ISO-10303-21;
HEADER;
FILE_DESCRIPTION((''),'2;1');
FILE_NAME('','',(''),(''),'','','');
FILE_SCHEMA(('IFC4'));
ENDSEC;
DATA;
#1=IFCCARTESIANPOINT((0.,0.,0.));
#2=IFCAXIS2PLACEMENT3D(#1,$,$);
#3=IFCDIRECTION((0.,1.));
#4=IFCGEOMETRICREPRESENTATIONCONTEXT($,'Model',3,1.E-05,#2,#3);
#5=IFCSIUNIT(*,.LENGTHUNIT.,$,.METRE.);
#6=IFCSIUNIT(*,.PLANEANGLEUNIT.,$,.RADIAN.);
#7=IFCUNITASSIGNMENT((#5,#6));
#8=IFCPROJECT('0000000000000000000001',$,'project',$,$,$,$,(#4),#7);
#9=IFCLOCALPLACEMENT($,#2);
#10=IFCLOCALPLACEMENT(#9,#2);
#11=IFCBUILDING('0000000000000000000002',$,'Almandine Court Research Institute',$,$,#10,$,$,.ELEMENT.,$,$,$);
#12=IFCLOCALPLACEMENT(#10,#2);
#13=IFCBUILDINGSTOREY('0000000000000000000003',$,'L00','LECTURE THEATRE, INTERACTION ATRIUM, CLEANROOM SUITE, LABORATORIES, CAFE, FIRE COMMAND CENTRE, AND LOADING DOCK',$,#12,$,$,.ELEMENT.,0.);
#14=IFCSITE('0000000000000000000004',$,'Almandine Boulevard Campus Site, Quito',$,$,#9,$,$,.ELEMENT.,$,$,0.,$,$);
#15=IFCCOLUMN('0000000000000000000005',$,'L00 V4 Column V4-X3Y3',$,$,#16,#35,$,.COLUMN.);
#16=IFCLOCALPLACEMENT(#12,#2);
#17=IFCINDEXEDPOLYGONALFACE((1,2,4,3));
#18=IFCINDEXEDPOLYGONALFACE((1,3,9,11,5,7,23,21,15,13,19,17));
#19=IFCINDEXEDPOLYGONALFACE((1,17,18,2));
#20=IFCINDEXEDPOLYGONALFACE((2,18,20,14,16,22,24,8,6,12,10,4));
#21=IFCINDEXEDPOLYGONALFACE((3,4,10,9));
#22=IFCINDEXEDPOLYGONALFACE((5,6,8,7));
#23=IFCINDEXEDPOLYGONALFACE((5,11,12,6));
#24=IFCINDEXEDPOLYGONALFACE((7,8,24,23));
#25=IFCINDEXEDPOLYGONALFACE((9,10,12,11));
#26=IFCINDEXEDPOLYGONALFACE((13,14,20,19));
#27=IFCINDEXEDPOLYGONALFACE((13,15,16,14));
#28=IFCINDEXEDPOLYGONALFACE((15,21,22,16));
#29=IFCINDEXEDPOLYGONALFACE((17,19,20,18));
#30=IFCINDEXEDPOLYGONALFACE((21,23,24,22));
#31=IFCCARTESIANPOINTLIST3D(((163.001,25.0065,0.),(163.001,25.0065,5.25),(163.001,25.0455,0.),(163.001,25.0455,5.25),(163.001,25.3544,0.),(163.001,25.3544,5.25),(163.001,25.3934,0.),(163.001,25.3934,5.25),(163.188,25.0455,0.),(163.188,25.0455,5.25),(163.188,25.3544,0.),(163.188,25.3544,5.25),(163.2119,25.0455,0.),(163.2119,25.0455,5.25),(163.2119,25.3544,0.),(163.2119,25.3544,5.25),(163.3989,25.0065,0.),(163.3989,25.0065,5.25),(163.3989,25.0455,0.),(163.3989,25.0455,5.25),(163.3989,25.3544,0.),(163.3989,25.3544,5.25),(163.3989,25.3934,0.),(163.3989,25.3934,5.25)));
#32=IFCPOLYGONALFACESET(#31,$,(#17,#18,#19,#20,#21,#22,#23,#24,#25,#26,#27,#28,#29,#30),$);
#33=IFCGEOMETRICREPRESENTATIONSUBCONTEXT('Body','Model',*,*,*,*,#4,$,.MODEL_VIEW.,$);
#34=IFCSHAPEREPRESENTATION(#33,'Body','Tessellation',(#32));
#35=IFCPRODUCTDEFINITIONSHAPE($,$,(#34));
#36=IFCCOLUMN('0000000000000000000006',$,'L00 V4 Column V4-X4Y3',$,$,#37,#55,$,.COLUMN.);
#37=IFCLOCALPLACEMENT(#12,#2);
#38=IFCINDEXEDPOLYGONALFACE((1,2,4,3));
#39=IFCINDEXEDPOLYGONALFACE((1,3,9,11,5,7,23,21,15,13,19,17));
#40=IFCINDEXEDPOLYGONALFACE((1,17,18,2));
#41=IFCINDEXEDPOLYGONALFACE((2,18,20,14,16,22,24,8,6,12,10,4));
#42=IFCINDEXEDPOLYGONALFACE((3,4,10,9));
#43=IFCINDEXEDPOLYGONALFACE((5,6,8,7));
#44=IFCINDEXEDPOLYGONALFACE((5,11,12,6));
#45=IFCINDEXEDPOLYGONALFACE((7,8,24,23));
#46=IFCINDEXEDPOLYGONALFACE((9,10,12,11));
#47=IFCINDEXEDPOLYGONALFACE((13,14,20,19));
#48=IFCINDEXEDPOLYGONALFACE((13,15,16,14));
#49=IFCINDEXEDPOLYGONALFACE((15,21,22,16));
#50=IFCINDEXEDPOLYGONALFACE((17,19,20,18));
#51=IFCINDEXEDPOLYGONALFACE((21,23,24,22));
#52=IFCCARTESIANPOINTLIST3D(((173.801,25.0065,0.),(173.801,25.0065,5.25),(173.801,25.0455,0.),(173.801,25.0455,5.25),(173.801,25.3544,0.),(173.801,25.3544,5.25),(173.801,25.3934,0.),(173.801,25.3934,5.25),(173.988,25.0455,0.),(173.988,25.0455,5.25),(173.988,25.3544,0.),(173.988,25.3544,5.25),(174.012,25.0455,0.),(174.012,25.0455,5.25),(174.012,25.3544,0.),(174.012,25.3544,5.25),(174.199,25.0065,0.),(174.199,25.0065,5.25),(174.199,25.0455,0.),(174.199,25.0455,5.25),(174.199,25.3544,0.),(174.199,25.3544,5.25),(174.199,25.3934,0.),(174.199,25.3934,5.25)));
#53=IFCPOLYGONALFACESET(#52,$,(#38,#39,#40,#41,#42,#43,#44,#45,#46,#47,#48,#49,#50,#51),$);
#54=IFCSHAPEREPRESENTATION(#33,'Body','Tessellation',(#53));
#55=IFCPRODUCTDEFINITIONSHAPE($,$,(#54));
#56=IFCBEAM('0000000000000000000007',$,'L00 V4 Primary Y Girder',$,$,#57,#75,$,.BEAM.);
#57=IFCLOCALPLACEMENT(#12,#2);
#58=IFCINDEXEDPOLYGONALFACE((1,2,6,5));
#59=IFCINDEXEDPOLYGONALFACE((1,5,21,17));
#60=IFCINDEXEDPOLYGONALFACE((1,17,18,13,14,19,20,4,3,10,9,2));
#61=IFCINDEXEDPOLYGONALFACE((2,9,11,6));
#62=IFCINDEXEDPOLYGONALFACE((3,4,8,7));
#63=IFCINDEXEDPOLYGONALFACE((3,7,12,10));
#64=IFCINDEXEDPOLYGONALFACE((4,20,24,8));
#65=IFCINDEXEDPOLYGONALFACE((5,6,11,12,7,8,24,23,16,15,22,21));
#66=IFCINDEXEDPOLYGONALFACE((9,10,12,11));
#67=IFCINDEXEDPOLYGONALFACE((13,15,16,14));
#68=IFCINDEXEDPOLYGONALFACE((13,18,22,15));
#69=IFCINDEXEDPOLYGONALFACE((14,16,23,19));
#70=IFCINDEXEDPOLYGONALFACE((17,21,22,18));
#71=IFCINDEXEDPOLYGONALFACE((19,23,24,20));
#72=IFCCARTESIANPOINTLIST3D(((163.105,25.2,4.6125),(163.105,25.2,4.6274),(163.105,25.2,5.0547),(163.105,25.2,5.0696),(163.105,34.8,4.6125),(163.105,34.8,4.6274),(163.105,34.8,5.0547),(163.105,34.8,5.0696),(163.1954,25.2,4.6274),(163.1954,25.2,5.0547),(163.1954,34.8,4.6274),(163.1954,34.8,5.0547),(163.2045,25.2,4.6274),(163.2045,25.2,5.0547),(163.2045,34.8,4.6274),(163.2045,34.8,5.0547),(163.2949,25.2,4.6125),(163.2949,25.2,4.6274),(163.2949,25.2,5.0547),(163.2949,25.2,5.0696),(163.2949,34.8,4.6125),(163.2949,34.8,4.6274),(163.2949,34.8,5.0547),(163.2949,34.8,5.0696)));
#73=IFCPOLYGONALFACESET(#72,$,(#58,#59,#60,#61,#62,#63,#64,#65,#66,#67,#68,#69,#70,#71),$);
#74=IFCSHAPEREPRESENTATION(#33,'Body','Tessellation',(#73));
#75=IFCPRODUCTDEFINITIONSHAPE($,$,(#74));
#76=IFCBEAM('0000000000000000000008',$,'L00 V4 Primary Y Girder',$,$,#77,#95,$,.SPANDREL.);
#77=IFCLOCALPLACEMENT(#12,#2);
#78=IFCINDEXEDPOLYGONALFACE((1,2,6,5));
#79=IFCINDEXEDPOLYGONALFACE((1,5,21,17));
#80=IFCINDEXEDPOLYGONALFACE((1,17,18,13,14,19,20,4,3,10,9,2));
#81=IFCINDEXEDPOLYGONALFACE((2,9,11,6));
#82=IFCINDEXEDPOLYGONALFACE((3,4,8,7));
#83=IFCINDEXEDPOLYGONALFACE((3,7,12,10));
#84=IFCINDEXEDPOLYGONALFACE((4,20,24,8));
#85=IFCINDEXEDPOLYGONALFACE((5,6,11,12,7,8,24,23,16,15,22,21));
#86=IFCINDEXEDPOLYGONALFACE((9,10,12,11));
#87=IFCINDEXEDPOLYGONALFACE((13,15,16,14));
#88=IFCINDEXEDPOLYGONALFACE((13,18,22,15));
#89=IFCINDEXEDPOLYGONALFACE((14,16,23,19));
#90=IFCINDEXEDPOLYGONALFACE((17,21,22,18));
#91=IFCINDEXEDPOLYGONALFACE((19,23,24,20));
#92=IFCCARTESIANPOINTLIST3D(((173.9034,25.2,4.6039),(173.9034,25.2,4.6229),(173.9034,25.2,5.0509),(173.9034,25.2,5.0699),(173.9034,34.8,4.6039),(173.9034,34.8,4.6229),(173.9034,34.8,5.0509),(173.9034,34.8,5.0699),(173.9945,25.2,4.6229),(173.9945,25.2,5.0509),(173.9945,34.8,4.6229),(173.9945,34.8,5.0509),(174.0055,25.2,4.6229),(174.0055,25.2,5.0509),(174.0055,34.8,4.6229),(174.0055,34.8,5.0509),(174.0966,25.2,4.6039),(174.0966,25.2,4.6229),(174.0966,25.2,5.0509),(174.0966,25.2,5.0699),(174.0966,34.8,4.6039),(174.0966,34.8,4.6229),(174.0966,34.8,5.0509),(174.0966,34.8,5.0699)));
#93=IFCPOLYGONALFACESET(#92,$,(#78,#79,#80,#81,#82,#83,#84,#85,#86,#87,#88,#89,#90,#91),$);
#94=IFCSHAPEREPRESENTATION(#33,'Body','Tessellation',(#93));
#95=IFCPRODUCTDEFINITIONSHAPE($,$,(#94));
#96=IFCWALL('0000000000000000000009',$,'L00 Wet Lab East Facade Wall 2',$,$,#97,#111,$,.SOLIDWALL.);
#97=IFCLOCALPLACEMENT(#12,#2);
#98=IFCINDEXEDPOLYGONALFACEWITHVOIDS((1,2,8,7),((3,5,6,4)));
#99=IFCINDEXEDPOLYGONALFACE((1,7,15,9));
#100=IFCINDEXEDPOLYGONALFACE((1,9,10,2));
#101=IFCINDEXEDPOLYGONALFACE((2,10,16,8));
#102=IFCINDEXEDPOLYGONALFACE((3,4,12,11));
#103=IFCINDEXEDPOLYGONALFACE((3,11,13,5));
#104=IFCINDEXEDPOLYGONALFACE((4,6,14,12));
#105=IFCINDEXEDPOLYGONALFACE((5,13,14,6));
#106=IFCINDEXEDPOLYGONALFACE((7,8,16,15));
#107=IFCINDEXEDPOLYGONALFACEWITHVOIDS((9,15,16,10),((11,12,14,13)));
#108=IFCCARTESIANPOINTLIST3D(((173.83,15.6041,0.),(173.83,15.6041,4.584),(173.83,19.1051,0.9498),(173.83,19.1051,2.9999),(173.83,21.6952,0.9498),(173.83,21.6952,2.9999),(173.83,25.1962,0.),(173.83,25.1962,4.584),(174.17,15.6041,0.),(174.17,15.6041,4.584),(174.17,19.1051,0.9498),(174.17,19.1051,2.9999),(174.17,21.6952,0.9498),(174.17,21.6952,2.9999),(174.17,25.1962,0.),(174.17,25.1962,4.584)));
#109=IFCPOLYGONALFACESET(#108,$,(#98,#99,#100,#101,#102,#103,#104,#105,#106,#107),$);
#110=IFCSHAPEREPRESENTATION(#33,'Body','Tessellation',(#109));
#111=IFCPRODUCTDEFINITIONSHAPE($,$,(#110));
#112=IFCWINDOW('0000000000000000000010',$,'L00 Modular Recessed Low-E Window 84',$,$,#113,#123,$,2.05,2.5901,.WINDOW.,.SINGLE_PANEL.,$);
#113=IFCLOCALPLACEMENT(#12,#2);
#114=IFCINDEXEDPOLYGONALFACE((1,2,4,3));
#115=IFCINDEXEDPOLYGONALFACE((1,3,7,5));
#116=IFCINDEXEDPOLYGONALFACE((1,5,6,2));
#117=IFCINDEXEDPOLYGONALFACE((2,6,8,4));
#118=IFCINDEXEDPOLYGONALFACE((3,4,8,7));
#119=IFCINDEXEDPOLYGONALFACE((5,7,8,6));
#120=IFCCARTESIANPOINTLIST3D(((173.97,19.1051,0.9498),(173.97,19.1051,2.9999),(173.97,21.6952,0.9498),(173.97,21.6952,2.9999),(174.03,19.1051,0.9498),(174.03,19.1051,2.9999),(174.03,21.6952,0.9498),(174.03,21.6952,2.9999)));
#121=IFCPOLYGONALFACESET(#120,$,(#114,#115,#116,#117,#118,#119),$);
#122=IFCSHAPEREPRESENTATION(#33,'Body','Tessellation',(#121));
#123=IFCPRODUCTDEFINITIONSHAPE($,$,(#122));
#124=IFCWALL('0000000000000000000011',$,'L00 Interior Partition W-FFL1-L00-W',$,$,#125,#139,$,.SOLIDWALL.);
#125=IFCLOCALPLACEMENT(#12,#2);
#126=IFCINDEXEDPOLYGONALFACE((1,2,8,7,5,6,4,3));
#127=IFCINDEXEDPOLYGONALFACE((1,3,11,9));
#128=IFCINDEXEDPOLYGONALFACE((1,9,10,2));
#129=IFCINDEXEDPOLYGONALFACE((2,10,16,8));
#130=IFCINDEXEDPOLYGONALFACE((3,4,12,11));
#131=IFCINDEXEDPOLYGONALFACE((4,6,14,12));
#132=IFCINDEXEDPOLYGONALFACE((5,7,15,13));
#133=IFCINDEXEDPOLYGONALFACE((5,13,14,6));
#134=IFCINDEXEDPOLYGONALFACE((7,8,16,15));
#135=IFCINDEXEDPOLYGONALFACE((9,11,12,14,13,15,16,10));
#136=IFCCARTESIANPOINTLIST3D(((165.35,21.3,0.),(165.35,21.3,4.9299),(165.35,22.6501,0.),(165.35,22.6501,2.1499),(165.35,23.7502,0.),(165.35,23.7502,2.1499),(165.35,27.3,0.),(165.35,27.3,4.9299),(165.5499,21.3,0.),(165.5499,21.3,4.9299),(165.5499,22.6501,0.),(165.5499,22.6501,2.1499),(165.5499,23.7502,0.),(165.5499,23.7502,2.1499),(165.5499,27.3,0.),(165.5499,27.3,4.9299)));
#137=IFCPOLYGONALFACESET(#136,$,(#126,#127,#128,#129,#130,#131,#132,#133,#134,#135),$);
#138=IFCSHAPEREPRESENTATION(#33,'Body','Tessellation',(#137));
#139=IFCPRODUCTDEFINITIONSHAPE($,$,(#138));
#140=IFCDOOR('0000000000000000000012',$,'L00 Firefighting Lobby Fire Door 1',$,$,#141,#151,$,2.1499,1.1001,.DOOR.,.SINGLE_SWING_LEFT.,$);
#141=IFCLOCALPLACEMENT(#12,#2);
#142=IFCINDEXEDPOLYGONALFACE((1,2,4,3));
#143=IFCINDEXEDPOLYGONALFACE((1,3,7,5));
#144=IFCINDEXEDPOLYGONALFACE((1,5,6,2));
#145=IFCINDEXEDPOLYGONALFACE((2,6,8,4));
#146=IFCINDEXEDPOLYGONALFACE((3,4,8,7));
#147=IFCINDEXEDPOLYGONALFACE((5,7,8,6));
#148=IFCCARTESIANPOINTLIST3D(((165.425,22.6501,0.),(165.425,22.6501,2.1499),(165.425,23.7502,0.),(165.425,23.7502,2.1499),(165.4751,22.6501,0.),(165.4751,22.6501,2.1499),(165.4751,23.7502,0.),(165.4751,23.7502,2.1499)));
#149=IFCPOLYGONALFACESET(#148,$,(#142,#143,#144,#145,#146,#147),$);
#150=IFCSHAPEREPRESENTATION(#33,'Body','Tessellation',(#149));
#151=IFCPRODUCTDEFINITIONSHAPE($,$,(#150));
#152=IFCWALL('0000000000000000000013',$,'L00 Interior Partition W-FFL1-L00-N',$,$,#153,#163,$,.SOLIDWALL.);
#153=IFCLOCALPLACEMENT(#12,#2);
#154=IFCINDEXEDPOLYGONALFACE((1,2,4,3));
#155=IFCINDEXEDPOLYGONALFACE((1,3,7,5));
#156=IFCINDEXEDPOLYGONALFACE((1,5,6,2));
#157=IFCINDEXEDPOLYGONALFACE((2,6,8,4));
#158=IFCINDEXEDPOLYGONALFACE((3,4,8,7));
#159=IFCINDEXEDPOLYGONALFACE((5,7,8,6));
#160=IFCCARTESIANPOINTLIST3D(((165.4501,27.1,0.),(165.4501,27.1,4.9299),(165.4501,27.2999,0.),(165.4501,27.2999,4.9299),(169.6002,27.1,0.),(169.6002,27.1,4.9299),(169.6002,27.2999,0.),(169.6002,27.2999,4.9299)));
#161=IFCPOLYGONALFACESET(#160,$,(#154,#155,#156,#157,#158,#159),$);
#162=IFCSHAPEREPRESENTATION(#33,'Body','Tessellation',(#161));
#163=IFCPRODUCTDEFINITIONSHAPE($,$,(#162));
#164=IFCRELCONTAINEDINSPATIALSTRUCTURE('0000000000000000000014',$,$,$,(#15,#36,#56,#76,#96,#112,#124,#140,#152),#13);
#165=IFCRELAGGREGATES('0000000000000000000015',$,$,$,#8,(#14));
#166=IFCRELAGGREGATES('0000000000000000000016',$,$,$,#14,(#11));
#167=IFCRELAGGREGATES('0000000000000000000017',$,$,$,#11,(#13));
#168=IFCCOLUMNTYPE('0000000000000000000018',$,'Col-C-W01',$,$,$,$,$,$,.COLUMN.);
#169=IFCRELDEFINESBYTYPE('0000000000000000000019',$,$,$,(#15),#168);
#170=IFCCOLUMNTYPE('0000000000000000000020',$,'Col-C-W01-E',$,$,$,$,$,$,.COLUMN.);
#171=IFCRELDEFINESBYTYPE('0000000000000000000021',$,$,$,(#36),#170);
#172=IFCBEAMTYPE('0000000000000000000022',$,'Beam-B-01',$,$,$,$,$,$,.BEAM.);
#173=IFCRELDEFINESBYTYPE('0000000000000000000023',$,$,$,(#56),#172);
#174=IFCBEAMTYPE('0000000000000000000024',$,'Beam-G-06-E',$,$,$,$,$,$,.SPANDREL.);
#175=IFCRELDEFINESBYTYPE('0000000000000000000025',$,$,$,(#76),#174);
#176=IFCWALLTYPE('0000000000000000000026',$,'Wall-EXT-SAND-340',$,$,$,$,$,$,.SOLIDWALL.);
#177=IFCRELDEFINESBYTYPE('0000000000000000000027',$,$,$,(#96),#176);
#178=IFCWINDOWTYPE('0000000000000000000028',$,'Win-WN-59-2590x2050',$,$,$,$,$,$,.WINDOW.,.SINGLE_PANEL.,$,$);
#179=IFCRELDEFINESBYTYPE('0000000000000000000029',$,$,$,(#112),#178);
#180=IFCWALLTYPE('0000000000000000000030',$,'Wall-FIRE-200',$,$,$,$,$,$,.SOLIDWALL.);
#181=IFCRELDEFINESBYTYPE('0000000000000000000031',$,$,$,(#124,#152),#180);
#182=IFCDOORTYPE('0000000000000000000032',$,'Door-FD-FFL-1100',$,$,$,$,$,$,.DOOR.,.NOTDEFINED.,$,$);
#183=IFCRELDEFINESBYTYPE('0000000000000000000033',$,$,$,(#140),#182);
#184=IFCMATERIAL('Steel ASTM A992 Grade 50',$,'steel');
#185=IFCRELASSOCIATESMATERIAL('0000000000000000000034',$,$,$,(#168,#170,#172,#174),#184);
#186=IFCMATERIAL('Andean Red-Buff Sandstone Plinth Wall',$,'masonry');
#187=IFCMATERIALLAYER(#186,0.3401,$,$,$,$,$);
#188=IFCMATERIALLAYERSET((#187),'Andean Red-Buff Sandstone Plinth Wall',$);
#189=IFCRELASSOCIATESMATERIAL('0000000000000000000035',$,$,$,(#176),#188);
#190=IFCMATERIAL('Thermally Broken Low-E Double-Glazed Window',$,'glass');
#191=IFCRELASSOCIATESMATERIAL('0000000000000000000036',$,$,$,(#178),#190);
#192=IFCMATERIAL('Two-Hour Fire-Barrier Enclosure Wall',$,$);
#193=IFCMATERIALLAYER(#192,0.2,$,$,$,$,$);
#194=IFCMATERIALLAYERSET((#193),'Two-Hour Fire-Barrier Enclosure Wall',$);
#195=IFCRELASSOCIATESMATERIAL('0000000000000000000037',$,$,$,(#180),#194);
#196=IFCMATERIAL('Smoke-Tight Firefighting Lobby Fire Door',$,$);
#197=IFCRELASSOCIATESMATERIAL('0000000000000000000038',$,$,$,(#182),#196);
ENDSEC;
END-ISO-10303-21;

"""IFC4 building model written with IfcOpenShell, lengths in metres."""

from ifc_helpers import new_model, si_unit, direction, frame, frame_2d, origin, origin_2d, place, context, subcontext, project, spatial, rectangle, i_section, extrude, material, layer, layer_set, material_profile, profile_set, type_object, element, fill, save


model = new_model("IFC4")

# Units and contexts
model_context = context("Model", 3, precision=1e-05, world=origin(), true_north=direction((0.0, 1.0)))
body_context = subcontext(model_context, "Body", "Model", "MODEL_VIEW")
ifc_project = project(units=[si_unit("LENGTHUNIT", "METRE"), si_unit("PLANEANGLEUNIT", "RADIAN")], contexts=[model_context])

# Site, building, storey
site_placement = place(None, origin())
site = spatial("IfcSite", under=ifc_project, at=site_placement, Name="Almandine Boulevard Campus Site, Quito", CompositionType="ELEMENT", RefElevation=0.0)
building_placement = place(site_placement, origin())
building = spatial("IfcBuilding", under=site, at=building_placement, Name="Almandine Court Research Institute", CompositionType="ELEMENT")
storey_placement = place(building_placement, origin())
storey = spatial("IfcBuildingStorey", under=building, at=storey_placement, Name="L00", Description="LECTURE THEATRE, INTERACTION ATRIUM, CLEANROOM SUITE, LABORATORIES, CAFE, FIRE COMMAND CENTRE, AND LOADING DOCK", CompositionType="ELEMENT", Elevation=0.0)

# Columns
ifc_material_1 = material(Name="Steel ASTM A992 Grade 50", Category="steel")
ifc_material_profile_1 = material_profile(ifc_material_1, i_section(OverallWidth=0.3979, OverallDepth=0.387, WebThickness=0.0239, FlangeThickness=0.0391, at=origin_2d()), Name="W360x262")
ifc_profile_set_1 = profile_set([ifc_material_profile_1], Name="Steel ASTM A992 Grade 50")
column_type_1 = type_object("IfcColumnType", Name="Col-C-W01", PredefinedType="COLUMN", material=ifc_profile_set_1)
column_1_placement = place(storey_placement, frame((163.2, 25.2, 0.0), z_axis=(0.0, 0.0, 1.0), x_axis=(1.0, 0.0, 0.0)))
element("IfcColumn", 1, at=column_1_placement, inside=storey, type_object=column_type_1, Name="L00 V4 Column V4-X3Y3", PredefinedType="COLUMN", context=body_context, shape_type="SweptSolid", body=[
    extrude(i_section(OverallWidth=0.3979, OverallDepth=0.387, WebThickness=0.0239, FlangeThickness=0.0391, at=origin_2d()), origin(), (0.0, 0.0, 1.0), 5.25),
])
ifc_material_profile_2 = material_profile(ifc_material_1, i_section(OverallWidth=0.3979, OverallDepth=0.387, WebThickness=0.0239, FlangeThickness=0.0391, at=origin_2d()), Name="W360x262")
ifc_profile_set_2 = profile_set([ifc_material_profile_2], Name="Steel ASTM A992 Grade 50")
column_type_2 = type_object("IfcColumnType", Name="Col-C-W01-E", PredefinedType="COLUMN", material=ifc_profile_set_2)
column_2_placement = place(storey_placement, frame((174.0, 25.2, 0.0), z_axis=(0.0, 0.0, 1.0), x_axis=(1.0, 0.0, 0.0)))
element("IfcColumn", 2, at=column_2_placement, inside=storey, type_object=column_type_2, Name="L00 V4 Column V4-X4Y3", PredefinedType="COLUMN", context=body_context, shape_type="SweptSolid", body=[
    extrude(i_section(OverallWidth=0.3979, OverallDepth=0.387, WebThickness=0.0239, FlangeThickness=0.0391, at=origin_2d()), origin(), (0.0, 0.0, 1.0), 5.25),
])

# Beams
ifc_material_profile_3 = material_profile(ifc_material_1, i_section(OverallWidth=0.1899, OverallDepth=0.457, WebThickness=0.009, FlangeThickness=0.0149, at=origin_2d()), Name="W460x74")
ifc_profile_set_3 = profile_set([ifc_material_profile_3], Name="Steel ASTM A992 Grade 50")
beam_type_1 = type_object("IfcBeamType", Name="Beam-B-01", PredefinedType="BEAM", material=ifc_profile_set_3)
beam_1_placement = place(storey_placement, frame((163.2, 25.2, 4.8411), z_axis=(0.0, 1.0, 0.0), x_axis=(-1.0, 0.0, 0.0)))
element("IfcBeam", 3, at=beam_1_placement, inside=storey, type_object=beam_type_1, Name="L00 V4 Primary Y Girder", PredefinedType="BEAM", context=body_context, shape_type="SweptSolid", body=[
    extrude(i_section(OverallWidth=0.1899, OverallDepth=0.457, WebThickness=0.009, FlangeThickness=0.0149, at=origin_2d()), origin(), (0.0, 0.0, 1.0), 9.6001),
])
ifc_material_profile_4 = material_profile(ifc_material_1, i_section(OverallWidth=0.1931, OverallDepth=0.4661, WebThickness=0.011, FlangeThickness=0.019, at=origin_2d()), Name="W460x97")
ifc_profile_set_4 = profile_set([ifc_material_profile_4], Name="Steel ASTM A992 Grade 50")
beam_type_2 = type_object("IfcBeamType", Name="Beam-G-06-E", PredefinedType="SPANDREL", material=ifc_profile_set_4)
beam_2_placement = place(storey_placement, frame((174.0, 25.2, 4.8369), z_axis=(0.0, 1.0, 0.0), x_axis=(-1.0, 0.0, 0.0)))
element("IfcBeam", 4, at=beam_2_placement, inside=storey, type_object=beam_type_2, Name="L00 V4 Primary Y Girder", PredefinedType="SPANDREL", context=body_context, shape_type="SweptSolid", body=[
    extrude(i_section(OverallWidth=0.1931, OverallDepth=0.4661, WebThickness=0.011, FlangeThickness=0.019, at=origin_2d()), origin(), (0.0, 0.0, 1.0), 9.6001),
])

# Wall, opening, window
ifc_material_2 = material(Name="Andean Red-Buff Sandstone Plinth Wall", Category="masonry")
ifc_layer_1 = layer(ifc_material_2, 0.3401)
ifc_layer_set_1 = layer_set([ifc_layer_1], Name="Andean Red-Buff Sandstone Plinth Wall")
wall_type_1 = type_object("IfcWallType", Name="Wall-EXT-SAND-340", PredefinedType="SOLIDWALL", material=ifc_layer_set_1)
wall_1_placement = place(storey_placement, frame((174.0, 25.196, 0.0), z_axis=(0.0, 0.0, 1.0), x_axis=(0.0, -1.0, 0.0)))
wall_1 = element("IfcWall", 5, at=wall_1_placement, inside=storey, type_object=wall_type_1, Name="L00 Wet Lab East Facade Wall 2", PredefinedType="SOLIDWALL", context=body_context, shape_type="SweptSolid", body=[
    extrude(rectangle(XDim=9.592, YDim=0.3401, at=frame_2d((4.7959, 0.0))), origin(), (0.0, 0.0, 1.0), 4.584),
])
opening_1_placement = place(wall_1_placement, frame((3.501, 0.0, 0.95)))
opening_1 = element("IfcOpeningElement", 6, at=opening_1_placement, cuts=wall_1, PredefinedType="OPENING", context=body_context, shape_type="SweptSolid", body=[
    extrude(rectangle(XDim=2.5901, YDim=2.05, at=frame_2d((1.2949, 1.0249))), frame((0.0, 0.1799, 0.0), z_axis=(0.0, -1.0, 0.0), x_axis=(1.0, 0.0, 0.0)), (0.0, 0.0, 1.0), 0.3601),
])
ifc_material_3 = material(Name="Thermally Broken Low-E Double-Glazed Window", Category="glass")
window_type = type_object("IfcWindowType", Name="Win-WN-59-2590x2050", PartitioningType="SINGLE_PANEL", PredefinedType="WINDOW", material=ifc_material_3)
window_placement = place(opening_1_placement, origin())
window = element("IfcWindow", 7, at=window_placement, inside=storey, type_object=window_type, Name="L00 Modular Recessed Low-E Window 84", OverallHeight=2.05, OverallWidth=2.5901, PartitioningType="SINGLE_PANEL", PredefinedType="WINDOW", context=body_context, shape_type="SweptSolid", body=[
    extrude(rectangle(XDim=2.5901, YDim=2.05, at=frame_2d((1.2949, 1.0249))), frame((0.0, 0.03, 0.0), z_axis=(0.0, -1.0, 0.0), x_axis=(1.0, 0.0, 0.0)), (0.0, 0.0, 1.0), 0.0601),
])
fill(opening_1, window)

# Wall, opening, door
ifc_material_4 = material(Name="Two-Hour Fire-Barrier Enclosure Wall")
ifc_layer_2 = layer(ifc_material_4, 0.2)
ifc_layer_set_2 = layer_set([ifc_layer_2], Name="Two-Hour Fire-Barrier Enclosure Wall")
wall_type_2 = type_object("IfcWallType", Name="Wall-FIRE-200", PredefinedType="SOLIDWALL", material=ifc_layer_set_2)
wall_2_placement = place(storey_placement, frame((165.45, 21.3, 0.0), z_axis=(0.0, 0.0, 1.0), x_axis=(0.0, 1.0, 0.0)))
wall_2 = element("IfcWall", 8, at=wall_2_placement, inside=storey, type_object=wall_type_2, Name="L00 Interior Partition W-FFL1-L00-W", PredefinedType="SOLIDWALL", context=body_context, shape_type="SweptSolid", body=[
    extrude(rectangle(XDim=6.0, YDim=0.2, at=frame_2d((3.0, 0.0))), origin(), (0.0, 0.0, 1.0), 4.9299),
])
opening_2_placement = place(wall_2_placement, frame((1.3501, 0.0, 0.0)))
opening_2 = element("IfcOpeningElement", 9, at=opening_2_placement, cuts=wall_2, PredefinedType="OPENING", context=body_context, shape_type="SweptSolid", body=[
    extrude(rectangle(XDim=1.1001, YDim=2.1499, at=frame_2d((0.55, 1.075))), frame((0.0, 0.1099, 0.0), z_axis=(0.0, -1.0, 0.0), x_axis=(1.0, 0.0, 0.0)), (0.0, 0.0, 1.0), 0.22),
])
ifc_material_5 = material(Name="Smoke-Tight Firefighting Lobby Fire Door")
door_type_1 = type_object("IfcDoorType", Name="Door-FD-FFL-1100", OperationType="NOTDEFINED", PredefinedType="DOOR", material=ifc_material_5)
door_1_placement = place(opening_2_placement, origin())
door_1 = element("IfcDoor", 10, at=door_1_placement, inside=storey, type_object=door_type_1, Name="L00 Firefighting Lobby Fire Door 1", OperationType="SINGLE_SWING_LEFT", OverallHeight=2.1499, OverallWidth=1.1001, PredefinedType="DOOR", context=body_context, shape_type="SweptSolid", body=[
    extrude(rectangle(XDim=1.1001, YDim=2.1499, at=frame_2d((0.55, 1.075))), frame((0.0, 0.0249, 0.0), z_axis=(0.0, -1.0, 0.0), x_axis=(1.0, 0.0, 0.0)), (0.0, 0.0, 1.0), 0.05),
])
fill(opening_2, door_1)

# Wall
wall_3_placement = place(storey_placement, frame((165.45, 27.2, 0.0), z_axis=(0.0, 0.0, 1.0), x_axis=(1.0, 0.0, 0.0)))
element("IfcWall", 11, at=wall_3_placement, inside=storey, type_object=wall_type_2, Name="L00 Interior Partition W-FFL1-L00-N", PredefinedType="SOLIDWALL", context=body_context, shape_type="SweptSolid", body=[
    extrude(rectangle(XDim=4.1501, YDim=0.2, at=frame_2d((2.0752, 0.0))), origin(), (0.0, 0.0, 1.0), 4.9299),
])

save(model, "model.ifc")
